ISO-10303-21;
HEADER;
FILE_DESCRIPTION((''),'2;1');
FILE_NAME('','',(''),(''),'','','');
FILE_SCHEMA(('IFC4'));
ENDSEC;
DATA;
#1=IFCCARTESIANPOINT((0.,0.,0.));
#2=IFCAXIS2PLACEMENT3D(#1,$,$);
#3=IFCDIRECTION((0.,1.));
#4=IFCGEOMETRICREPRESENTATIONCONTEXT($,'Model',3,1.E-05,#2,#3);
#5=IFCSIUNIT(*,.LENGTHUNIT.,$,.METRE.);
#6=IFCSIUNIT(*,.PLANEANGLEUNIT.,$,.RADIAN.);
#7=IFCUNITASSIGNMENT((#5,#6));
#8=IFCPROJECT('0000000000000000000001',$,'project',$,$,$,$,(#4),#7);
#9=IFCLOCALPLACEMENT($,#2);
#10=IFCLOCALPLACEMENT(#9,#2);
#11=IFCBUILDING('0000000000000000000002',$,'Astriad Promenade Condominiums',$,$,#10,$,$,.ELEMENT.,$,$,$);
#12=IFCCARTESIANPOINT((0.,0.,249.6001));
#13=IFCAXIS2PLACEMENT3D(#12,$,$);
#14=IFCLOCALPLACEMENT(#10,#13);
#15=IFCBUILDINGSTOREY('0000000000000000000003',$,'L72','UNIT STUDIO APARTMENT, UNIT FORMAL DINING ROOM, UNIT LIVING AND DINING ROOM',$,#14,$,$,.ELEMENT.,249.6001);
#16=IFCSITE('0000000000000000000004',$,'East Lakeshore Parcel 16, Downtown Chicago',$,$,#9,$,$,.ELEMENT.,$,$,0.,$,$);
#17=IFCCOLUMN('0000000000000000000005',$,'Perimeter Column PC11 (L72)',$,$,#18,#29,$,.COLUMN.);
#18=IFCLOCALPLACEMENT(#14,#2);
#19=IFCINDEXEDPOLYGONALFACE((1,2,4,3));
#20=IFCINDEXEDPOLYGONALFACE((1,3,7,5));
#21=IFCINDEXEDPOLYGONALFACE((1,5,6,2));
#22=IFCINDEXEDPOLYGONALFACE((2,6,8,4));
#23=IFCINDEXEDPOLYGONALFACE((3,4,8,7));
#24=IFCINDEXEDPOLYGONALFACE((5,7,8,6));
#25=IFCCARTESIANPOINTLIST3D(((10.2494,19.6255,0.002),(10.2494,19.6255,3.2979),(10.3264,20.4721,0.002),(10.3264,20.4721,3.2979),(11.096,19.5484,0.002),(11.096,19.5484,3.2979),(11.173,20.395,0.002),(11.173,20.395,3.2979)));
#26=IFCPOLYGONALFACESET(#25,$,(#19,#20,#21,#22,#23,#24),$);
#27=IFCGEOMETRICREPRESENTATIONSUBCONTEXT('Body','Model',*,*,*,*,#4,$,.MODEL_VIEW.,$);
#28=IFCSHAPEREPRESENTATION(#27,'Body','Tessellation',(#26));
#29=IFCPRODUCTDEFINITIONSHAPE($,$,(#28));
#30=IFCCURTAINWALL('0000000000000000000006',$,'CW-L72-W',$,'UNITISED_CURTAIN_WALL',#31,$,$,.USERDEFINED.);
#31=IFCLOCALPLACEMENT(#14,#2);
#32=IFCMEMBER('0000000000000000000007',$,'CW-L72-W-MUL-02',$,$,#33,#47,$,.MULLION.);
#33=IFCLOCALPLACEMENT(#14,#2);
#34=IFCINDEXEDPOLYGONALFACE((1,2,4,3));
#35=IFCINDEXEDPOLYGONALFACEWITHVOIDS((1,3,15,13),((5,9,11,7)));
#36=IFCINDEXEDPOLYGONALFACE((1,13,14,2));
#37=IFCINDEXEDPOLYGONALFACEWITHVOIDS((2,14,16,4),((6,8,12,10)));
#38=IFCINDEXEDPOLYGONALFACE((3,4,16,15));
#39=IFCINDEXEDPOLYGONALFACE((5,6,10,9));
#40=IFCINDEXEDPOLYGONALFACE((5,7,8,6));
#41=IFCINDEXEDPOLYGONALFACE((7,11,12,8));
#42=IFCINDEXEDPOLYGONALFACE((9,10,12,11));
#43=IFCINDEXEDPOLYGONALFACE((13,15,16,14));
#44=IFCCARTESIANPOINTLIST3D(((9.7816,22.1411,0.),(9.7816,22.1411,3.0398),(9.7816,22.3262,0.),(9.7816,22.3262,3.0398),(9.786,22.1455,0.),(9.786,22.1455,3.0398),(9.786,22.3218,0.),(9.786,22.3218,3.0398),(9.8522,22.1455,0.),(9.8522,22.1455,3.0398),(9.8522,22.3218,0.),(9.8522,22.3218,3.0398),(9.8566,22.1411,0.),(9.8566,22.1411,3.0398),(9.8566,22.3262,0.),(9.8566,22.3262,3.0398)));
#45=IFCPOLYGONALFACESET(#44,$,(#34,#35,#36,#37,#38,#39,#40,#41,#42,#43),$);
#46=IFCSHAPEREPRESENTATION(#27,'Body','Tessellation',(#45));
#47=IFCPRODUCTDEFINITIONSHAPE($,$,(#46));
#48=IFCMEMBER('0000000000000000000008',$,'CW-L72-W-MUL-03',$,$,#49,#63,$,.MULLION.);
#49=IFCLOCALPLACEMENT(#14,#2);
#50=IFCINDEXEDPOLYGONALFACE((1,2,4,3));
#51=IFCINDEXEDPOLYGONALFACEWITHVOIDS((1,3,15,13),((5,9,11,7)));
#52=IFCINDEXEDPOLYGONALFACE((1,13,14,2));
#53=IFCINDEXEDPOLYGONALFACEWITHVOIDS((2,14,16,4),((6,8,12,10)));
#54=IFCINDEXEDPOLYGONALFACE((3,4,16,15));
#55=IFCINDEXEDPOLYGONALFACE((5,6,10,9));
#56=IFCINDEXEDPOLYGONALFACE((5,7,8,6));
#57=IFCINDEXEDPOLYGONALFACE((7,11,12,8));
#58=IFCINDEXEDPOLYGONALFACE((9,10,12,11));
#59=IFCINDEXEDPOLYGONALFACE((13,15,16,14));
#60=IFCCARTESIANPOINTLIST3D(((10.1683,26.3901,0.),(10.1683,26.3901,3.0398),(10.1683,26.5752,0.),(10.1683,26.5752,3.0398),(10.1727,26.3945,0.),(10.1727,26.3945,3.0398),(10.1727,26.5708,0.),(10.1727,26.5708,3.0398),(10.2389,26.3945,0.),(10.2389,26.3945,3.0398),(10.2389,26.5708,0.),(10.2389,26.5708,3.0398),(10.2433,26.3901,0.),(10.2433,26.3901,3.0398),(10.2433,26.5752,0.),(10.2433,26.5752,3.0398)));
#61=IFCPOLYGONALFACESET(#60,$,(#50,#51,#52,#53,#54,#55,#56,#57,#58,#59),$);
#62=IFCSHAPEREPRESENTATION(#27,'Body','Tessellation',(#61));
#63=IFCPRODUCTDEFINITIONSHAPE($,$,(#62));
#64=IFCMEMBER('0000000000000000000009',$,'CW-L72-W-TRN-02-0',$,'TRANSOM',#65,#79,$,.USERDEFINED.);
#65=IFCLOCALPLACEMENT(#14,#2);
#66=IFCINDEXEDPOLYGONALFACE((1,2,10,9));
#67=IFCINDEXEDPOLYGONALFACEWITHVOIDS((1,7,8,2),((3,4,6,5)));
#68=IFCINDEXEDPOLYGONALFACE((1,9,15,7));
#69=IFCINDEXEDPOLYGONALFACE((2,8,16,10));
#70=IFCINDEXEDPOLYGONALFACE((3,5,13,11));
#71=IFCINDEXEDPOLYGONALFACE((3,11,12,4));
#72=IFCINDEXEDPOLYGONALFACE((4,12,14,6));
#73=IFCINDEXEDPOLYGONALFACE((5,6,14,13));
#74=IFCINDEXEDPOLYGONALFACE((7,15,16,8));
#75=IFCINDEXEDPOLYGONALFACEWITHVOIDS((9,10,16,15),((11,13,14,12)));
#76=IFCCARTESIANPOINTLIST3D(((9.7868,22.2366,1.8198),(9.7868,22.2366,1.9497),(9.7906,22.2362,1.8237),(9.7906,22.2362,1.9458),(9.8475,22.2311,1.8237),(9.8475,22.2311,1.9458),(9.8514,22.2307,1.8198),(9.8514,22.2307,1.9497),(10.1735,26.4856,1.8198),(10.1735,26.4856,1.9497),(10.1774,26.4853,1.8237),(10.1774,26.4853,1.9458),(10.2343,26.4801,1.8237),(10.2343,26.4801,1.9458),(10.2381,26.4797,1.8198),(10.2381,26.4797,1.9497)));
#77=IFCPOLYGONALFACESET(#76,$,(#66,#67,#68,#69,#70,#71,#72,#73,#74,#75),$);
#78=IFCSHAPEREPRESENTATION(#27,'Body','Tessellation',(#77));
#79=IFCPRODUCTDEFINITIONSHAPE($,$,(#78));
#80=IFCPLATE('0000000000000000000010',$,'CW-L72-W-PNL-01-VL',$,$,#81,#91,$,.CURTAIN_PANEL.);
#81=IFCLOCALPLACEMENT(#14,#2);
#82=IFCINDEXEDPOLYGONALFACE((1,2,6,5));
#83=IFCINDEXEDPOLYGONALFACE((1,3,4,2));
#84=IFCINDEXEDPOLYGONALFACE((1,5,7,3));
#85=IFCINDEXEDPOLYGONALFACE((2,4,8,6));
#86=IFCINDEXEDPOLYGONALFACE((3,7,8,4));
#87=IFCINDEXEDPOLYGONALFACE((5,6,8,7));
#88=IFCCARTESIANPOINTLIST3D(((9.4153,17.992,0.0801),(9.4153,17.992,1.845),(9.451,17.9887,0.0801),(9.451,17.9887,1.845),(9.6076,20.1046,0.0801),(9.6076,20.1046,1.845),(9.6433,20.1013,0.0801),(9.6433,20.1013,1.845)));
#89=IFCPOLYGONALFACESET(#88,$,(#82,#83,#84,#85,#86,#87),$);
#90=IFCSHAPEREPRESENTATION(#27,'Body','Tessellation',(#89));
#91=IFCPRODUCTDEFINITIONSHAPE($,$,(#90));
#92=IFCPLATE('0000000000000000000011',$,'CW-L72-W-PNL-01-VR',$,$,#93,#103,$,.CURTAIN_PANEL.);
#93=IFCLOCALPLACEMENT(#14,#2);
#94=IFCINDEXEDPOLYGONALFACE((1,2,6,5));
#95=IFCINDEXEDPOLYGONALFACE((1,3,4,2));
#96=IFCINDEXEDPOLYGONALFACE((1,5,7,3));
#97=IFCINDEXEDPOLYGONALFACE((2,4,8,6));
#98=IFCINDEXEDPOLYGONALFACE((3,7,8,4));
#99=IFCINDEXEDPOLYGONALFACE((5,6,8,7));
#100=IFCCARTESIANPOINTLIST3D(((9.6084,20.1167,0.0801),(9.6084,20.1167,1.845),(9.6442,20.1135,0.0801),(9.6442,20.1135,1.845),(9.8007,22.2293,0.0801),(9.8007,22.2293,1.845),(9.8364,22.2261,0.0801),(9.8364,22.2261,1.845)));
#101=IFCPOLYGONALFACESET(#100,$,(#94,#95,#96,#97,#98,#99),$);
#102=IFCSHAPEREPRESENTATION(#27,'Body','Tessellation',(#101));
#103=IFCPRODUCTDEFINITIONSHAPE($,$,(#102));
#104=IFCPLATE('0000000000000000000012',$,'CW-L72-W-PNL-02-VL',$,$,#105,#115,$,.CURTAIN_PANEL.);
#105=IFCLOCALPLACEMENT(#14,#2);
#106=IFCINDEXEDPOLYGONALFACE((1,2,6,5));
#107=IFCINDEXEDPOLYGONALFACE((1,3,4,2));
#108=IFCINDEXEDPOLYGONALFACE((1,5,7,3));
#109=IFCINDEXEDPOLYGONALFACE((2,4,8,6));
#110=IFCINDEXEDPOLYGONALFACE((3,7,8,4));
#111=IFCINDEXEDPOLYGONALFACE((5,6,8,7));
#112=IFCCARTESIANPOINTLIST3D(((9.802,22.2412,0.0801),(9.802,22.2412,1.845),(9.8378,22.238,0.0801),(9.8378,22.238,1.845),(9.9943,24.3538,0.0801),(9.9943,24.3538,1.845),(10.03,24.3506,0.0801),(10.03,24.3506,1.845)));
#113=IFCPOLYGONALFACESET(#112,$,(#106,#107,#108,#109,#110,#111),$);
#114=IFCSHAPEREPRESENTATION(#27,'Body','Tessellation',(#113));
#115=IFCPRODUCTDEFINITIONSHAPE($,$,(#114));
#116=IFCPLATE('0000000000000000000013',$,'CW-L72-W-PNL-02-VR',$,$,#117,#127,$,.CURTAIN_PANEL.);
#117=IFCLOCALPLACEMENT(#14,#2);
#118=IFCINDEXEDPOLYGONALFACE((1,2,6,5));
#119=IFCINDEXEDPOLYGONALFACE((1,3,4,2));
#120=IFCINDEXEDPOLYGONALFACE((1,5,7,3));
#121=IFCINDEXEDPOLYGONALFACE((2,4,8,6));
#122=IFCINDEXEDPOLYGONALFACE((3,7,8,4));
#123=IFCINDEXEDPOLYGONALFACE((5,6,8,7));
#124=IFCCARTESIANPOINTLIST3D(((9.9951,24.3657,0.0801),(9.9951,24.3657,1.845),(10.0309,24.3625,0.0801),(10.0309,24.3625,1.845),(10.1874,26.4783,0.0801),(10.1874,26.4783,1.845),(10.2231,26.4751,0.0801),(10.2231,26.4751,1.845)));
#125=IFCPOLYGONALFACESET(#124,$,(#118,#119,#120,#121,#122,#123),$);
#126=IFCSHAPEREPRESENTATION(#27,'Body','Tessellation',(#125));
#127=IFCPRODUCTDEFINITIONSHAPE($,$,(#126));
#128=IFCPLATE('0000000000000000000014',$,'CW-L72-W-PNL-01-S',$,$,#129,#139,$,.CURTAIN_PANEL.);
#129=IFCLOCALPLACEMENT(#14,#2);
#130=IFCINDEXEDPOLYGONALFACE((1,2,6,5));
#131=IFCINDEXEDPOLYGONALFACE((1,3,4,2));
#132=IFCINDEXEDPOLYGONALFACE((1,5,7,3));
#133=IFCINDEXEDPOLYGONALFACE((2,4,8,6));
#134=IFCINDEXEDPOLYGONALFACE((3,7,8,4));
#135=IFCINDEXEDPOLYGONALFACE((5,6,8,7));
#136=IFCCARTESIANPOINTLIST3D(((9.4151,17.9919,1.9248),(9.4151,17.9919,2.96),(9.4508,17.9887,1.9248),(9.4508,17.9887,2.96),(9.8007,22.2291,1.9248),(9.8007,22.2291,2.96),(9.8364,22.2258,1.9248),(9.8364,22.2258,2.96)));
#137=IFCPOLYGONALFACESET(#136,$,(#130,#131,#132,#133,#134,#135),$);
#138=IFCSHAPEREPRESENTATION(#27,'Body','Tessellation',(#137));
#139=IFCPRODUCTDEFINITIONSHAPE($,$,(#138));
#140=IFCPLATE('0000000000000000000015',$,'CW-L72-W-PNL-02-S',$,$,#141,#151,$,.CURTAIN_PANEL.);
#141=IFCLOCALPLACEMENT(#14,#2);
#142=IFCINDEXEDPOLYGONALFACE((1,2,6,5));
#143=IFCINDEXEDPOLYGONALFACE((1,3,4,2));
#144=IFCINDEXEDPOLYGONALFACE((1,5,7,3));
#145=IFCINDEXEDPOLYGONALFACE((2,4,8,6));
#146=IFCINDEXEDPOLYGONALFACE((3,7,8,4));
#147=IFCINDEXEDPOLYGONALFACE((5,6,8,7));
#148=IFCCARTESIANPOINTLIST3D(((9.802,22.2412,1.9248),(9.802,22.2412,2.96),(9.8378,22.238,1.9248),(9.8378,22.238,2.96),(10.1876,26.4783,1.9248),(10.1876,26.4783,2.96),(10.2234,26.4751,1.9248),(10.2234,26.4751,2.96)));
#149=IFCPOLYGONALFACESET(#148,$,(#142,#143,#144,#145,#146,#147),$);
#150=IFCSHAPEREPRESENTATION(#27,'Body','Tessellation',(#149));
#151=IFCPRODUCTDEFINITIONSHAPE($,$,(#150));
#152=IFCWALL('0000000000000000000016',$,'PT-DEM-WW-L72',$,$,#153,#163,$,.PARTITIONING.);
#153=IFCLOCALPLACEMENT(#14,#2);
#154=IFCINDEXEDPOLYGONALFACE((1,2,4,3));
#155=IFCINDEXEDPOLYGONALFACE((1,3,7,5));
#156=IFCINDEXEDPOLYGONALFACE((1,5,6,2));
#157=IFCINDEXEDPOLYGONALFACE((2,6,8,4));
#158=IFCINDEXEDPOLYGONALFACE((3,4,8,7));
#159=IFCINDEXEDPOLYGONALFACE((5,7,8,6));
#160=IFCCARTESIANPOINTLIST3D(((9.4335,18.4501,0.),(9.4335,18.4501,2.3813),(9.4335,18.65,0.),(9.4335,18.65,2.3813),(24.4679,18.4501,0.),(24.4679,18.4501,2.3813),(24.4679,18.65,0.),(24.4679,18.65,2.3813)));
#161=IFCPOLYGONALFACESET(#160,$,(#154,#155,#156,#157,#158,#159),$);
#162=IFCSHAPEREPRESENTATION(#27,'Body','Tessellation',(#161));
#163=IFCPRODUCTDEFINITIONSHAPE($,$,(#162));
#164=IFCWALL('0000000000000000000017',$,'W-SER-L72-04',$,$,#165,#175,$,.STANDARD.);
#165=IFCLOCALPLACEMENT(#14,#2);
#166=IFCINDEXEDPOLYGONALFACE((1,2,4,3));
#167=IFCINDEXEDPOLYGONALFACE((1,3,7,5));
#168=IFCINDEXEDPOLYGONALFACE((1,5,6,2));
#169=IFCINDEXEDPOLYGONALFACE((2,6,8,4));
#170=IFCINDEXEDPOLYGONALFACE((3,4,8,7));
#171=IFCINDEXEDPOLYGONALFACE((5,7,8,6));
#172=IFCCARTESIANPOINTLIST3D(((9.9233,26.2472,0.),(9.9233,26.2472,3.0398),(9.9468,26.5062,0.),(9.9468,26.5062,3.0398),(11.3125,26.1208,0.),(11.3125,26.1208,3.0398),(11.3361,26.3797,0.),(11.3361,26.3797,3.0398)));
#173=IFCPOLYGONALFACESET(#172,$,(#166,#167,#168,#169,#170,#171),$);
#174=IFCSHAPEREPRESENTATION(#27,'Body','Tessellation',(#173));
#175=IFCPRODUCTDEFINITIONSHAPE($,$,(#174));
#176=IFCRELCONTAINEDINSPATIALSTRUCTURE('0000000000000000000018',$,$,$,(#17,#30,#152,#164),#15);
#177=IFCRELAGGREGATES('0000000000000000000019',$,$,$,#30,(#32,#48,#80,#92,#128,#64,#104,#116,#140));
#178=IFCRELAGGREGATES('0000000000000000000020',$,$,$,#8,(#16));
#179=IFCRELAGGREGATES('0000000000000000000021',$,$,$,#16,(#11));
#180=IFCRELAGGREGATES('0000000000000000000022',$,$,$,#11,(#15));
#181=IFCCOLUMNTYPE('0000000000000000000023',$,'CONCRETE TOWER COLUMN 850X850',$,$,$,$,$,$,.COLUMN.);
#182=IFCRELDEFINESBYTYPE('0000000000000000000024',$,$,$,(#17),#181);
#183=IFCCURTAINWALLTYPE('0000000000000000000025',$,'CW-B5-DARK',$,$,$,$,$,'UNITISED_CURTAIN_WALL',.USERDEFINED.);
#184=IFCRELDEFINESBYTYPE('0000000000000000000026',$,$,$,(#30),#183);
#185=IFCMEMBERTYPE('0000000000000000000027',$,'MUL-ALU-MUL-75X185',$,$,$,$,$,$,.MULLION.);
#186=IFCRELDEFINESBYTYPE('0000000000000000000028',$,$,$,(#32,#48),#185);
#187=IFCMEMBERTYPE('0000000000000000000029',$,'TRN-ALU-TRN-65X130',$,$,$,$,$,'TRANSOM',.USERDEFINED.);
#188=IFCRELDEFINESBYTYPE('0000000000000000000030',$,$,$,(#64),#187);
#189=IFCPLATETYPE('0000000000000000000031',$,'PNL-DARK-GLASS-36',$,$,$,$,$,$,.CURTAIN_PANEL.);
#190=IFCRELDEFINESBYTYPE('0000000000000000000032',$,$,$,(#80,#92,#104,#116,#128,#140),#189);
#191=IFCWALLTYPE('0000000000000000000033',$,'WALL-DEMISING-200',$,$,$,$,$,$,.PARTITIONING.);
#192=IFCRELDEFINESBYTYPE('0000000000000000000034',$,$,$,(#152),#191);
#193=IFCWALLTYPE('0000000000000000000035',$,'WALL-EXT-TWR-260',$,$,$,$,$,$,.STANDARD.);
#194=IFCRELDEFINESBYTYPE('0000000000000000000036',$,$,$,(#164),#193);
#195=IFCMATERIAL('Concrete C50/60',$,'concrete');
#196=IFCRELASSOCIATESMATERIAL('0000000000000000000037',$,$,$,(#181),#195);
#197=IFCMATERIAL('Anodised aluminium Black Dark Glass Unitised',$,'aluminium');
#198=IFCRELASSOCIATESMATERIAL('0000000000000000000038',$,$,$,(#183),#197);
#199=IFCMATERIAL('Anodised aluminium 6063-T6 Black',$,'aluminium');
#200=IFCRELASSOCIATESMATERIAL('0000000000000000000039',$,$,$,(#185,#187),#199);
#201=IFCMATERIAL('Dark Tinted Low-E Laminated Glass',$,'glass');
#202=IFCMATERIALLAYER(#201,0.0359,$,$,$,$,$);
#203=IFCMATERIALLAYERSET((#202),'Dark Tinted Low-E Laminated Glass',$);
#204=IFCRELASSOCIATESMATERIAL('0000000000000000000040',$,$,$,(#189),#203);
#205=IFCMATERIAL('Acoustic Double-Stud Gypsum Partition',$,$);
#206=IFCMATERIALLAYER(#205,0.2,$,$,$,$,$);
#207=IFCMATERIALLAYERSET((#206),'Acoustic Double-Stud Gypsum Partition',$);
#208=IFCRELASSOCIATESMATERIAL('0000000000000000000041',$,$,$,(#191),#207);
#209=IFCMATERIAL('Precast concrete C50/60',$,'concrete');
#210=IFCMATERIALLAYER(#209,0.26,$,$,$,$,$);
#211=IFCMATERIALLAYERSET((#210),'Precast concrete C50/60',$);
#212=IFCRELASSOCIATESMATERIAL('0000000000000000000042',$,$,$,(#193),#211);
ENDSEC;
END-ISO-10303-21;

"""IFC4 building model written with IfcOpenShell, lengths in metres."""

from ifc_helpers import new_model, si_unit, direction, frame, frame_2d, origin, origin_2d, place, context, subcontext, project, spatial, rectangle, hollow_rectangle, extrude, source, transform, mapped, material, layer, layer_set, material_profile, profile_set, type_object, type_shapes, element, aggregate, save


model = new_model("IFC4")

# Units and contexts
model_context = context("Model", 3, precision=1e-05, world=origin(), true_north=direction((0.0, 1.0)))
body_context = subcontext(model_context, "Body", "Model", "MODEL_VIEW")
ifc_project = project(units=[si_unit("LENGTHUNIT", "METRE"), si_unit("PLANEANGLEUNIT", "RADIAN")], contexts=[model_context])

# Site, building, storey
site_placement = place(None, origin())
site = spatial("IfcSite", under=ifc_project, at=site_placement, Name="East Lakeshore Parcel 16, Downtown Chicago", CompositionType="ELEMENT", RefElevation=0.0)
building_placement = place(site_placement, origin())
building = spatial("IfcBuilding", under=site, at=building_placement, Name="Astriad Promenade Condominiums", CompositionType="ELEMENT")
storey_placement = place(building_placement, frame((0.0, 0.0, 249.6001)))
storey = spatial("IfcBuildingStorey", under=building, at=storey_placement, Name="L72", Description="UNIT STUDIO APARTMENT, UNIT FORMAL DINING ROOM, UNIT LIVING AND DINING ROOM", CompositionType="ELEMENT", Elevation=249.6001)

# Column
ifc_material_1 = material(Name="Concrete C50/60", Category="concrete")
ifc_material_profile_1 = material_profile(ifc_material_1, rectangle(XDim=0.8501, YDim=0.8501, at=origin_2d()), Name="RC-COL-850X850")
ifc_profile_set_1 = profile_set([ifc_material_profile_1], Name="Concrete C50/60")
column_type = type_object("IfcColumnType", Name="CONCRETE TOWER COLUMN 850X850", PredefinedType="COLUMN", material=ifc_profile_set_1)
shared_shape_1 = source(origin(), body_context, "Body", "SweptSolid", [
    extrude(rectangle(XDim=0.8501, YDim=0.8501, at=origin_2d()), origin(), (0.0, 0.0, 1.0), 3.2959),
])
type_shapes(column_type, [shared_shape_1])
column_placement = place(storey_placement, frame((10.7112, 20.0103, 0.002), z_axis=(0.0, 0.0, 1.0), x_axis=(0.995884, -0.090633, 0.0)))
element("IfcColumn", 1, at=column_placement, inside=storey, type_object=column_type, Name="Perimeter Column PC11 (L72)", PredefinedType="COLUMN", context=body_context, shape_type="MappedRepresentation", body=[
    mapped(shared_shape_1, transform((0.0, 0.0, 0.0), scale=1.0)),
])

# Curtain wall, members, plates
ifc_material_2 = material(Name="Anodised aluminium Black Dark Glass Unitised", Category="aluminium")
curtain_wall_type = type_object("IfcCurtainWallType", Name="CW-B5-DARK", ElementType="UNITISED_CURTAIN_WALL", PredefinedType="USERDEFINED", material=ifc_material_2)
curtain_wall_placement = place(storey_placement, origin())
curtain_wall = element("IfcCurtainWall", 2, at=curtain_wall_placement, inside=storey, type_object=curtain_wall_type, Name="CW-L72-W", ObjectType="UNITISED_CURTAIN_WALL", PredefinedType="USERDEFINED")
ifc_material_3 = material(Name="Anodised aluminium 6063-T6 Black", Category="aluminium")
ifc_material_profile_2 = material_profile(ifc_material_3, hollow_rectangle(XDim=0.075, YDim=0.1851, WallThickness=0.0044, at=origin_2d()), Name="ALU-MUL-75X185")
ifc_profile_set_2 = profile_set([ifc_material_profile_2], Name="Anodised aluminium 6063-T6 Black")
member_type_1 = type_object("IfcMemberType", Name="MUL-ALU-MUL-75X185", PredefinedType="MULLION", material=ifc_profile_set_2)
shared_shape_2 = source(origin(), body_context, "Body", "SweptSolid", [
    extrude(hollow_rectangle(XDim=0.075, YDim=0.1851, WallThickness=0.0044, at=origin_2d()), origin(), (0.0, 0.0, 1.0), 3.0398),
])
type_shapes(member_type_1, [shared_shape_2])
member_1_placement = place(storey_placement, frame((9.8191, 22.2336, 0.0), z_axis=(0.0, 0.0, 1.0), x_axis=(1.0, 0.0, 0.0)))
member_1 = element("IfcMember", 3, at=member_1_placement, type_object=member_type_1, Name="CW-L72-W-MUL-02", PredefinedType="MULLION", context=body_context, shape_type="MappedRepresentation", body=[
    mapped(shared_shape_2, transform((0.0, 0.0, 0.0), scale=1.0)),
])
member_2_placement = place(storey_placement, frame((10.2058, 26.4827, 0.0), z_axis=(0.0, 0.0, 1.0), x_axis=(1.0, 0.0, 0.0)))
member_2 = element("IfcMember", 4, at=member_2_placement, type_object=member_type_1, Name="CW-L72-W-MUL-03", PredefinedType="MULLION", context=body_context, shape_type="MappedRepresentation", body=[
    mapped(shared_shape_2, transform((0.0, 0.0, 0.0), scale=1.0)),
])
ifc_material_profile_3 = material_profile(ifc_material_3, hollow_rectangle(XDim=0.0649, YDim=0.1299, WallThickness=0.0039, at=origin_2d()), Name="ALU-TRN-65X130")
ifc_profile_set_3 = profile_set([ifc_material_profile_3], Name="Anodised aluminium 6063-T6 Black")
member_type_2 = type_object("IfcMemberType", Name="TRN-ALU-TRN-65X130", ElementType="TRANSOM", PredefinedType="USERDEFINED", material=ifc_profile_set_3)
shared_shape_3 = source(origin(), body_context, "Body", "SweptSolid", [
    extrude(hollow_rectangle(XDim=0.0649, YDim=0.1299, WallThickness=0.0039, at=origin_2d()), origin(), (0.0, 0.0, 1.0), 4.2666),
])
type_shapes(member_type_2, [shared_shape_3])
member_3_placement = place(storey_placement, frame((9.8191, 22.2336, 1.8848), z_axis=(0.090639, 0.995884, 0.0), x_axis=(-0.995884, 0.090639, 0.0)))
member_3 = element("IfcMember", 5, at=member_3_placement, type_object=member_type_2, Name="CW-L72-W-TRN-02-0", ObjectType="TRANSOM", PredefinedType="USERDEFINED", context=body_context, shape_type="MappedRepresentation", body=[
    mapped(shared_shape_3, transform((0.0, 0.0, 0.0), scale=1.0)),
])
ifc_material_4 = material(Name="Dark Tinted Low-E Laminated Glass", Category="glass")
ifc_layer_1 = layer(ifc_material_4, 0.0359)
ifc_layer_set_1 = layer_set([ifc_layer_1], Name="Dark Tinted Low-E Laminated Glass")
plate_type = type_object("IfcPlateType", Name="PNL-DARK-GLASS-36", PredefinedType="CURTAIN_PANEL", material=ifc_layer_set_1)
shared_shape_4 = source(origin(), body_context, "Body", "SweptSolid", [
    extrude(rectangle(XDim=2.1213, YDim=0.0359, at=origin_2d()), origin(), (0.0, 0.0, 1.0), 1.7649),
])
plate_1_placement = place(storey_placement, frame((9.5293, 19.0466, 0.0801), z_axis=(0.0, 0.0, 1.0), x_axis=(0.090633, 0.995884, 0.0)))
plate_1 = element("IfcPlate", 6, at=plate_1_placement, type_object=plate_type, Name="CW-L72-W-PNL-01-VL", PredefinedType="CURTAIN_PANEL", context=body_context, shape_type="MappedRepresentation", body=[
    mapped(shared_shape_4, transform((0.0, 0.0, 0.0), scale=1.0)),
])
plate_2_placement = place(storey_placement, frame((9.7224, 21.1714, 0.0801), z_axis=(0.0, 0.0, 1.0), x_axis=(0.090633, 0.995884, 0.0)))
plate_2 = element("IfcPlate", 7, at=plate_2_placement, type_object=plate_type, Name="CW-L72-W-PNL-01-VR", PredefinedType="CURTAIN_PANEL", context=body_context, shape_type="MappedRepresentation", body=[
    mapped(shared_shape_4, transform((0.0, 0.0, 0.0), scale=1.0)),
])
plate_3_placement = place(storey_placement, frame((9.916, 23.2959, 0.0801), z_axis=(0.0, 0.0, 1.0), x_axis=(0.090633, 0.995884, 0.0)))
plate_3 = element("IfcPlate", 8, at=plate_3_placement, type_object=plate_type, Name="CW-L72-W-PNL-02-VL", PredefinedType="CURTAIN_PANEL", context=body_context, shape_type="MappedRepresentation", body=[
    mapped(shared_shape_4, transform((0.0, 0.0, 0.0), scale=1.0)),
])
plate_4_placement = place(storey_placement, frame((10.1091, 25.4204, 0.0801), z_axis=(0.0, 0.0, 1.0), x_axis=(0.090633, 0.995884, 0.0)))
plate_4 = element("IfcPlate", 9, at=plate_4_placement, type_object=plate_type, Name="CW-L72-W-PNL-02-VR", PredefinedType="CURTAIN_PANEL", context=body_context, shape_type="MappedRepresentation", body=[
    mapped(shared_shape_4, transform((0.0, 0.0, 0.0), scale=1.0)),
])
shared_shape_5 = source(origin(), body_context, "Body", "SweptSolid", [
    extrude(rectangle(XDim=4.2546, YDim=0.0359, at=origin_2d()), origin(), (0.0, 0.0, 1.0), 1.0352),
])
type_shapes(plate_type, [shared_shape_4, shared_shape_5])
plate_5_placement = place(storey_placement, frame((9.6257, 20.1089, 1.9248), z_axis=(0.0, 0.0, 1.0), x_axis=(0.090633, 0.995884, 0.0)))
plate_5 = element("IfcPlate", 10, at=plate_5_placement, type_object=plate_type, Name="CW-L72-W-PNL-01-S", PredefinedType="CURTAIN_PANEL", context=body_context, shape_type="MappedRepresentation", body=[
    mapped(shared_shape_5, transform((0.0, 0.0, 0.0), scale=1.0)),
])
plate_6_placement = place(storey_placement, frame((10.0127, 24.3582, 1.9248), z_axis=(0.0, 0.0, 1.0), x_axis=(0.090633, 0.995884, 0.0)))
plate_6 = element("IfcPlate", 11, at=plate_6_placement, type_object=plate_type, Name="CW-L72-W-PNL-02-S", PredefinedType="CURTAIN_PANEL", context=body_context, shape_type="MappedRepresentation", body=[
    mapped(shared_shape_5, transform((0.0, 0.0, 0.0), scale=1.0)),
])
aggregate(curtain_wall, [member_1, member_2, plate_1, plate_2, plate_5, member_3, plate_3, plate_4, plate_6])

# Walls
ifc_material_5 = material(Name="Acoustic Double-Stud Gypsum Partition")
ifc_layer_2 = layer(ifc_material_5, 0.2)
ifc_layer_set_2 = layer_set([ifc_layer_2], Name="Acoustic Double-Stud Gypsum Partition")
wall_type_1 = type_object("IfcWallType", Name="WALL-DEMISING-200", PredefinedType="PARTITIONING", material=ifc_layer_set_2)
wall_1_placement = place(storey_placement, frame((9.4336, 18.55, 0.0), z_axis=(0.0, 0.0, 1.0), x_axis=(1.0, 0.0, 0.0)))
element("IfcWall", 12, at=wall_1_placement, inside=storey, type_object=wall_type_1, Name="PT-DEM-WW-L72", PredefinedType="PARTITIONING", context=body_context, shape_type="SweptSolid", body=[
    extrude(rectangle(XDim=15.0344, YDim=0.2, at=frame_2d((7.5171, 0.0))), origin(), (0.0, 0.0, 1.0), 2.3813),
])
ifc_material_6 = material(Name="Precast concrete C50/60", Category="concrete")
ifc_layer_3 = layer(ifc_material_6, 0.26)
ifc_layer_set_3 = layer_set([ifc_layer_3], Name="Precast concrete C50/60")
wall_type_2 = type_object("IfcWallType", Name="WALL-EXT-TWR-260", PredefinedType="STANDARD", material=ifc_layer_set_3)
wall_2_placement = place(storey_placement, frame((9.9351, 26.3767, 0.0), z_axis=(0.0, 0.0, 1.0), x_axis=(0.995882, -0.090662, 0.0)))
element("IfcWall", 13, at=wall_2_placement, inside=storey, type_object=wall_type_2, Name="W-SER-L72-04", PredefinedType="STANDARD", context=body_context, shape_type="SweptSolid", body=[
    extrude(rectangle(XDim=1.395, YDim=0.26, at=frame_2d((0.6975, 0.0))), origin(), (0.0, 0.0, 1.0), 3.0398),
])

save(model, "model.ifc")
